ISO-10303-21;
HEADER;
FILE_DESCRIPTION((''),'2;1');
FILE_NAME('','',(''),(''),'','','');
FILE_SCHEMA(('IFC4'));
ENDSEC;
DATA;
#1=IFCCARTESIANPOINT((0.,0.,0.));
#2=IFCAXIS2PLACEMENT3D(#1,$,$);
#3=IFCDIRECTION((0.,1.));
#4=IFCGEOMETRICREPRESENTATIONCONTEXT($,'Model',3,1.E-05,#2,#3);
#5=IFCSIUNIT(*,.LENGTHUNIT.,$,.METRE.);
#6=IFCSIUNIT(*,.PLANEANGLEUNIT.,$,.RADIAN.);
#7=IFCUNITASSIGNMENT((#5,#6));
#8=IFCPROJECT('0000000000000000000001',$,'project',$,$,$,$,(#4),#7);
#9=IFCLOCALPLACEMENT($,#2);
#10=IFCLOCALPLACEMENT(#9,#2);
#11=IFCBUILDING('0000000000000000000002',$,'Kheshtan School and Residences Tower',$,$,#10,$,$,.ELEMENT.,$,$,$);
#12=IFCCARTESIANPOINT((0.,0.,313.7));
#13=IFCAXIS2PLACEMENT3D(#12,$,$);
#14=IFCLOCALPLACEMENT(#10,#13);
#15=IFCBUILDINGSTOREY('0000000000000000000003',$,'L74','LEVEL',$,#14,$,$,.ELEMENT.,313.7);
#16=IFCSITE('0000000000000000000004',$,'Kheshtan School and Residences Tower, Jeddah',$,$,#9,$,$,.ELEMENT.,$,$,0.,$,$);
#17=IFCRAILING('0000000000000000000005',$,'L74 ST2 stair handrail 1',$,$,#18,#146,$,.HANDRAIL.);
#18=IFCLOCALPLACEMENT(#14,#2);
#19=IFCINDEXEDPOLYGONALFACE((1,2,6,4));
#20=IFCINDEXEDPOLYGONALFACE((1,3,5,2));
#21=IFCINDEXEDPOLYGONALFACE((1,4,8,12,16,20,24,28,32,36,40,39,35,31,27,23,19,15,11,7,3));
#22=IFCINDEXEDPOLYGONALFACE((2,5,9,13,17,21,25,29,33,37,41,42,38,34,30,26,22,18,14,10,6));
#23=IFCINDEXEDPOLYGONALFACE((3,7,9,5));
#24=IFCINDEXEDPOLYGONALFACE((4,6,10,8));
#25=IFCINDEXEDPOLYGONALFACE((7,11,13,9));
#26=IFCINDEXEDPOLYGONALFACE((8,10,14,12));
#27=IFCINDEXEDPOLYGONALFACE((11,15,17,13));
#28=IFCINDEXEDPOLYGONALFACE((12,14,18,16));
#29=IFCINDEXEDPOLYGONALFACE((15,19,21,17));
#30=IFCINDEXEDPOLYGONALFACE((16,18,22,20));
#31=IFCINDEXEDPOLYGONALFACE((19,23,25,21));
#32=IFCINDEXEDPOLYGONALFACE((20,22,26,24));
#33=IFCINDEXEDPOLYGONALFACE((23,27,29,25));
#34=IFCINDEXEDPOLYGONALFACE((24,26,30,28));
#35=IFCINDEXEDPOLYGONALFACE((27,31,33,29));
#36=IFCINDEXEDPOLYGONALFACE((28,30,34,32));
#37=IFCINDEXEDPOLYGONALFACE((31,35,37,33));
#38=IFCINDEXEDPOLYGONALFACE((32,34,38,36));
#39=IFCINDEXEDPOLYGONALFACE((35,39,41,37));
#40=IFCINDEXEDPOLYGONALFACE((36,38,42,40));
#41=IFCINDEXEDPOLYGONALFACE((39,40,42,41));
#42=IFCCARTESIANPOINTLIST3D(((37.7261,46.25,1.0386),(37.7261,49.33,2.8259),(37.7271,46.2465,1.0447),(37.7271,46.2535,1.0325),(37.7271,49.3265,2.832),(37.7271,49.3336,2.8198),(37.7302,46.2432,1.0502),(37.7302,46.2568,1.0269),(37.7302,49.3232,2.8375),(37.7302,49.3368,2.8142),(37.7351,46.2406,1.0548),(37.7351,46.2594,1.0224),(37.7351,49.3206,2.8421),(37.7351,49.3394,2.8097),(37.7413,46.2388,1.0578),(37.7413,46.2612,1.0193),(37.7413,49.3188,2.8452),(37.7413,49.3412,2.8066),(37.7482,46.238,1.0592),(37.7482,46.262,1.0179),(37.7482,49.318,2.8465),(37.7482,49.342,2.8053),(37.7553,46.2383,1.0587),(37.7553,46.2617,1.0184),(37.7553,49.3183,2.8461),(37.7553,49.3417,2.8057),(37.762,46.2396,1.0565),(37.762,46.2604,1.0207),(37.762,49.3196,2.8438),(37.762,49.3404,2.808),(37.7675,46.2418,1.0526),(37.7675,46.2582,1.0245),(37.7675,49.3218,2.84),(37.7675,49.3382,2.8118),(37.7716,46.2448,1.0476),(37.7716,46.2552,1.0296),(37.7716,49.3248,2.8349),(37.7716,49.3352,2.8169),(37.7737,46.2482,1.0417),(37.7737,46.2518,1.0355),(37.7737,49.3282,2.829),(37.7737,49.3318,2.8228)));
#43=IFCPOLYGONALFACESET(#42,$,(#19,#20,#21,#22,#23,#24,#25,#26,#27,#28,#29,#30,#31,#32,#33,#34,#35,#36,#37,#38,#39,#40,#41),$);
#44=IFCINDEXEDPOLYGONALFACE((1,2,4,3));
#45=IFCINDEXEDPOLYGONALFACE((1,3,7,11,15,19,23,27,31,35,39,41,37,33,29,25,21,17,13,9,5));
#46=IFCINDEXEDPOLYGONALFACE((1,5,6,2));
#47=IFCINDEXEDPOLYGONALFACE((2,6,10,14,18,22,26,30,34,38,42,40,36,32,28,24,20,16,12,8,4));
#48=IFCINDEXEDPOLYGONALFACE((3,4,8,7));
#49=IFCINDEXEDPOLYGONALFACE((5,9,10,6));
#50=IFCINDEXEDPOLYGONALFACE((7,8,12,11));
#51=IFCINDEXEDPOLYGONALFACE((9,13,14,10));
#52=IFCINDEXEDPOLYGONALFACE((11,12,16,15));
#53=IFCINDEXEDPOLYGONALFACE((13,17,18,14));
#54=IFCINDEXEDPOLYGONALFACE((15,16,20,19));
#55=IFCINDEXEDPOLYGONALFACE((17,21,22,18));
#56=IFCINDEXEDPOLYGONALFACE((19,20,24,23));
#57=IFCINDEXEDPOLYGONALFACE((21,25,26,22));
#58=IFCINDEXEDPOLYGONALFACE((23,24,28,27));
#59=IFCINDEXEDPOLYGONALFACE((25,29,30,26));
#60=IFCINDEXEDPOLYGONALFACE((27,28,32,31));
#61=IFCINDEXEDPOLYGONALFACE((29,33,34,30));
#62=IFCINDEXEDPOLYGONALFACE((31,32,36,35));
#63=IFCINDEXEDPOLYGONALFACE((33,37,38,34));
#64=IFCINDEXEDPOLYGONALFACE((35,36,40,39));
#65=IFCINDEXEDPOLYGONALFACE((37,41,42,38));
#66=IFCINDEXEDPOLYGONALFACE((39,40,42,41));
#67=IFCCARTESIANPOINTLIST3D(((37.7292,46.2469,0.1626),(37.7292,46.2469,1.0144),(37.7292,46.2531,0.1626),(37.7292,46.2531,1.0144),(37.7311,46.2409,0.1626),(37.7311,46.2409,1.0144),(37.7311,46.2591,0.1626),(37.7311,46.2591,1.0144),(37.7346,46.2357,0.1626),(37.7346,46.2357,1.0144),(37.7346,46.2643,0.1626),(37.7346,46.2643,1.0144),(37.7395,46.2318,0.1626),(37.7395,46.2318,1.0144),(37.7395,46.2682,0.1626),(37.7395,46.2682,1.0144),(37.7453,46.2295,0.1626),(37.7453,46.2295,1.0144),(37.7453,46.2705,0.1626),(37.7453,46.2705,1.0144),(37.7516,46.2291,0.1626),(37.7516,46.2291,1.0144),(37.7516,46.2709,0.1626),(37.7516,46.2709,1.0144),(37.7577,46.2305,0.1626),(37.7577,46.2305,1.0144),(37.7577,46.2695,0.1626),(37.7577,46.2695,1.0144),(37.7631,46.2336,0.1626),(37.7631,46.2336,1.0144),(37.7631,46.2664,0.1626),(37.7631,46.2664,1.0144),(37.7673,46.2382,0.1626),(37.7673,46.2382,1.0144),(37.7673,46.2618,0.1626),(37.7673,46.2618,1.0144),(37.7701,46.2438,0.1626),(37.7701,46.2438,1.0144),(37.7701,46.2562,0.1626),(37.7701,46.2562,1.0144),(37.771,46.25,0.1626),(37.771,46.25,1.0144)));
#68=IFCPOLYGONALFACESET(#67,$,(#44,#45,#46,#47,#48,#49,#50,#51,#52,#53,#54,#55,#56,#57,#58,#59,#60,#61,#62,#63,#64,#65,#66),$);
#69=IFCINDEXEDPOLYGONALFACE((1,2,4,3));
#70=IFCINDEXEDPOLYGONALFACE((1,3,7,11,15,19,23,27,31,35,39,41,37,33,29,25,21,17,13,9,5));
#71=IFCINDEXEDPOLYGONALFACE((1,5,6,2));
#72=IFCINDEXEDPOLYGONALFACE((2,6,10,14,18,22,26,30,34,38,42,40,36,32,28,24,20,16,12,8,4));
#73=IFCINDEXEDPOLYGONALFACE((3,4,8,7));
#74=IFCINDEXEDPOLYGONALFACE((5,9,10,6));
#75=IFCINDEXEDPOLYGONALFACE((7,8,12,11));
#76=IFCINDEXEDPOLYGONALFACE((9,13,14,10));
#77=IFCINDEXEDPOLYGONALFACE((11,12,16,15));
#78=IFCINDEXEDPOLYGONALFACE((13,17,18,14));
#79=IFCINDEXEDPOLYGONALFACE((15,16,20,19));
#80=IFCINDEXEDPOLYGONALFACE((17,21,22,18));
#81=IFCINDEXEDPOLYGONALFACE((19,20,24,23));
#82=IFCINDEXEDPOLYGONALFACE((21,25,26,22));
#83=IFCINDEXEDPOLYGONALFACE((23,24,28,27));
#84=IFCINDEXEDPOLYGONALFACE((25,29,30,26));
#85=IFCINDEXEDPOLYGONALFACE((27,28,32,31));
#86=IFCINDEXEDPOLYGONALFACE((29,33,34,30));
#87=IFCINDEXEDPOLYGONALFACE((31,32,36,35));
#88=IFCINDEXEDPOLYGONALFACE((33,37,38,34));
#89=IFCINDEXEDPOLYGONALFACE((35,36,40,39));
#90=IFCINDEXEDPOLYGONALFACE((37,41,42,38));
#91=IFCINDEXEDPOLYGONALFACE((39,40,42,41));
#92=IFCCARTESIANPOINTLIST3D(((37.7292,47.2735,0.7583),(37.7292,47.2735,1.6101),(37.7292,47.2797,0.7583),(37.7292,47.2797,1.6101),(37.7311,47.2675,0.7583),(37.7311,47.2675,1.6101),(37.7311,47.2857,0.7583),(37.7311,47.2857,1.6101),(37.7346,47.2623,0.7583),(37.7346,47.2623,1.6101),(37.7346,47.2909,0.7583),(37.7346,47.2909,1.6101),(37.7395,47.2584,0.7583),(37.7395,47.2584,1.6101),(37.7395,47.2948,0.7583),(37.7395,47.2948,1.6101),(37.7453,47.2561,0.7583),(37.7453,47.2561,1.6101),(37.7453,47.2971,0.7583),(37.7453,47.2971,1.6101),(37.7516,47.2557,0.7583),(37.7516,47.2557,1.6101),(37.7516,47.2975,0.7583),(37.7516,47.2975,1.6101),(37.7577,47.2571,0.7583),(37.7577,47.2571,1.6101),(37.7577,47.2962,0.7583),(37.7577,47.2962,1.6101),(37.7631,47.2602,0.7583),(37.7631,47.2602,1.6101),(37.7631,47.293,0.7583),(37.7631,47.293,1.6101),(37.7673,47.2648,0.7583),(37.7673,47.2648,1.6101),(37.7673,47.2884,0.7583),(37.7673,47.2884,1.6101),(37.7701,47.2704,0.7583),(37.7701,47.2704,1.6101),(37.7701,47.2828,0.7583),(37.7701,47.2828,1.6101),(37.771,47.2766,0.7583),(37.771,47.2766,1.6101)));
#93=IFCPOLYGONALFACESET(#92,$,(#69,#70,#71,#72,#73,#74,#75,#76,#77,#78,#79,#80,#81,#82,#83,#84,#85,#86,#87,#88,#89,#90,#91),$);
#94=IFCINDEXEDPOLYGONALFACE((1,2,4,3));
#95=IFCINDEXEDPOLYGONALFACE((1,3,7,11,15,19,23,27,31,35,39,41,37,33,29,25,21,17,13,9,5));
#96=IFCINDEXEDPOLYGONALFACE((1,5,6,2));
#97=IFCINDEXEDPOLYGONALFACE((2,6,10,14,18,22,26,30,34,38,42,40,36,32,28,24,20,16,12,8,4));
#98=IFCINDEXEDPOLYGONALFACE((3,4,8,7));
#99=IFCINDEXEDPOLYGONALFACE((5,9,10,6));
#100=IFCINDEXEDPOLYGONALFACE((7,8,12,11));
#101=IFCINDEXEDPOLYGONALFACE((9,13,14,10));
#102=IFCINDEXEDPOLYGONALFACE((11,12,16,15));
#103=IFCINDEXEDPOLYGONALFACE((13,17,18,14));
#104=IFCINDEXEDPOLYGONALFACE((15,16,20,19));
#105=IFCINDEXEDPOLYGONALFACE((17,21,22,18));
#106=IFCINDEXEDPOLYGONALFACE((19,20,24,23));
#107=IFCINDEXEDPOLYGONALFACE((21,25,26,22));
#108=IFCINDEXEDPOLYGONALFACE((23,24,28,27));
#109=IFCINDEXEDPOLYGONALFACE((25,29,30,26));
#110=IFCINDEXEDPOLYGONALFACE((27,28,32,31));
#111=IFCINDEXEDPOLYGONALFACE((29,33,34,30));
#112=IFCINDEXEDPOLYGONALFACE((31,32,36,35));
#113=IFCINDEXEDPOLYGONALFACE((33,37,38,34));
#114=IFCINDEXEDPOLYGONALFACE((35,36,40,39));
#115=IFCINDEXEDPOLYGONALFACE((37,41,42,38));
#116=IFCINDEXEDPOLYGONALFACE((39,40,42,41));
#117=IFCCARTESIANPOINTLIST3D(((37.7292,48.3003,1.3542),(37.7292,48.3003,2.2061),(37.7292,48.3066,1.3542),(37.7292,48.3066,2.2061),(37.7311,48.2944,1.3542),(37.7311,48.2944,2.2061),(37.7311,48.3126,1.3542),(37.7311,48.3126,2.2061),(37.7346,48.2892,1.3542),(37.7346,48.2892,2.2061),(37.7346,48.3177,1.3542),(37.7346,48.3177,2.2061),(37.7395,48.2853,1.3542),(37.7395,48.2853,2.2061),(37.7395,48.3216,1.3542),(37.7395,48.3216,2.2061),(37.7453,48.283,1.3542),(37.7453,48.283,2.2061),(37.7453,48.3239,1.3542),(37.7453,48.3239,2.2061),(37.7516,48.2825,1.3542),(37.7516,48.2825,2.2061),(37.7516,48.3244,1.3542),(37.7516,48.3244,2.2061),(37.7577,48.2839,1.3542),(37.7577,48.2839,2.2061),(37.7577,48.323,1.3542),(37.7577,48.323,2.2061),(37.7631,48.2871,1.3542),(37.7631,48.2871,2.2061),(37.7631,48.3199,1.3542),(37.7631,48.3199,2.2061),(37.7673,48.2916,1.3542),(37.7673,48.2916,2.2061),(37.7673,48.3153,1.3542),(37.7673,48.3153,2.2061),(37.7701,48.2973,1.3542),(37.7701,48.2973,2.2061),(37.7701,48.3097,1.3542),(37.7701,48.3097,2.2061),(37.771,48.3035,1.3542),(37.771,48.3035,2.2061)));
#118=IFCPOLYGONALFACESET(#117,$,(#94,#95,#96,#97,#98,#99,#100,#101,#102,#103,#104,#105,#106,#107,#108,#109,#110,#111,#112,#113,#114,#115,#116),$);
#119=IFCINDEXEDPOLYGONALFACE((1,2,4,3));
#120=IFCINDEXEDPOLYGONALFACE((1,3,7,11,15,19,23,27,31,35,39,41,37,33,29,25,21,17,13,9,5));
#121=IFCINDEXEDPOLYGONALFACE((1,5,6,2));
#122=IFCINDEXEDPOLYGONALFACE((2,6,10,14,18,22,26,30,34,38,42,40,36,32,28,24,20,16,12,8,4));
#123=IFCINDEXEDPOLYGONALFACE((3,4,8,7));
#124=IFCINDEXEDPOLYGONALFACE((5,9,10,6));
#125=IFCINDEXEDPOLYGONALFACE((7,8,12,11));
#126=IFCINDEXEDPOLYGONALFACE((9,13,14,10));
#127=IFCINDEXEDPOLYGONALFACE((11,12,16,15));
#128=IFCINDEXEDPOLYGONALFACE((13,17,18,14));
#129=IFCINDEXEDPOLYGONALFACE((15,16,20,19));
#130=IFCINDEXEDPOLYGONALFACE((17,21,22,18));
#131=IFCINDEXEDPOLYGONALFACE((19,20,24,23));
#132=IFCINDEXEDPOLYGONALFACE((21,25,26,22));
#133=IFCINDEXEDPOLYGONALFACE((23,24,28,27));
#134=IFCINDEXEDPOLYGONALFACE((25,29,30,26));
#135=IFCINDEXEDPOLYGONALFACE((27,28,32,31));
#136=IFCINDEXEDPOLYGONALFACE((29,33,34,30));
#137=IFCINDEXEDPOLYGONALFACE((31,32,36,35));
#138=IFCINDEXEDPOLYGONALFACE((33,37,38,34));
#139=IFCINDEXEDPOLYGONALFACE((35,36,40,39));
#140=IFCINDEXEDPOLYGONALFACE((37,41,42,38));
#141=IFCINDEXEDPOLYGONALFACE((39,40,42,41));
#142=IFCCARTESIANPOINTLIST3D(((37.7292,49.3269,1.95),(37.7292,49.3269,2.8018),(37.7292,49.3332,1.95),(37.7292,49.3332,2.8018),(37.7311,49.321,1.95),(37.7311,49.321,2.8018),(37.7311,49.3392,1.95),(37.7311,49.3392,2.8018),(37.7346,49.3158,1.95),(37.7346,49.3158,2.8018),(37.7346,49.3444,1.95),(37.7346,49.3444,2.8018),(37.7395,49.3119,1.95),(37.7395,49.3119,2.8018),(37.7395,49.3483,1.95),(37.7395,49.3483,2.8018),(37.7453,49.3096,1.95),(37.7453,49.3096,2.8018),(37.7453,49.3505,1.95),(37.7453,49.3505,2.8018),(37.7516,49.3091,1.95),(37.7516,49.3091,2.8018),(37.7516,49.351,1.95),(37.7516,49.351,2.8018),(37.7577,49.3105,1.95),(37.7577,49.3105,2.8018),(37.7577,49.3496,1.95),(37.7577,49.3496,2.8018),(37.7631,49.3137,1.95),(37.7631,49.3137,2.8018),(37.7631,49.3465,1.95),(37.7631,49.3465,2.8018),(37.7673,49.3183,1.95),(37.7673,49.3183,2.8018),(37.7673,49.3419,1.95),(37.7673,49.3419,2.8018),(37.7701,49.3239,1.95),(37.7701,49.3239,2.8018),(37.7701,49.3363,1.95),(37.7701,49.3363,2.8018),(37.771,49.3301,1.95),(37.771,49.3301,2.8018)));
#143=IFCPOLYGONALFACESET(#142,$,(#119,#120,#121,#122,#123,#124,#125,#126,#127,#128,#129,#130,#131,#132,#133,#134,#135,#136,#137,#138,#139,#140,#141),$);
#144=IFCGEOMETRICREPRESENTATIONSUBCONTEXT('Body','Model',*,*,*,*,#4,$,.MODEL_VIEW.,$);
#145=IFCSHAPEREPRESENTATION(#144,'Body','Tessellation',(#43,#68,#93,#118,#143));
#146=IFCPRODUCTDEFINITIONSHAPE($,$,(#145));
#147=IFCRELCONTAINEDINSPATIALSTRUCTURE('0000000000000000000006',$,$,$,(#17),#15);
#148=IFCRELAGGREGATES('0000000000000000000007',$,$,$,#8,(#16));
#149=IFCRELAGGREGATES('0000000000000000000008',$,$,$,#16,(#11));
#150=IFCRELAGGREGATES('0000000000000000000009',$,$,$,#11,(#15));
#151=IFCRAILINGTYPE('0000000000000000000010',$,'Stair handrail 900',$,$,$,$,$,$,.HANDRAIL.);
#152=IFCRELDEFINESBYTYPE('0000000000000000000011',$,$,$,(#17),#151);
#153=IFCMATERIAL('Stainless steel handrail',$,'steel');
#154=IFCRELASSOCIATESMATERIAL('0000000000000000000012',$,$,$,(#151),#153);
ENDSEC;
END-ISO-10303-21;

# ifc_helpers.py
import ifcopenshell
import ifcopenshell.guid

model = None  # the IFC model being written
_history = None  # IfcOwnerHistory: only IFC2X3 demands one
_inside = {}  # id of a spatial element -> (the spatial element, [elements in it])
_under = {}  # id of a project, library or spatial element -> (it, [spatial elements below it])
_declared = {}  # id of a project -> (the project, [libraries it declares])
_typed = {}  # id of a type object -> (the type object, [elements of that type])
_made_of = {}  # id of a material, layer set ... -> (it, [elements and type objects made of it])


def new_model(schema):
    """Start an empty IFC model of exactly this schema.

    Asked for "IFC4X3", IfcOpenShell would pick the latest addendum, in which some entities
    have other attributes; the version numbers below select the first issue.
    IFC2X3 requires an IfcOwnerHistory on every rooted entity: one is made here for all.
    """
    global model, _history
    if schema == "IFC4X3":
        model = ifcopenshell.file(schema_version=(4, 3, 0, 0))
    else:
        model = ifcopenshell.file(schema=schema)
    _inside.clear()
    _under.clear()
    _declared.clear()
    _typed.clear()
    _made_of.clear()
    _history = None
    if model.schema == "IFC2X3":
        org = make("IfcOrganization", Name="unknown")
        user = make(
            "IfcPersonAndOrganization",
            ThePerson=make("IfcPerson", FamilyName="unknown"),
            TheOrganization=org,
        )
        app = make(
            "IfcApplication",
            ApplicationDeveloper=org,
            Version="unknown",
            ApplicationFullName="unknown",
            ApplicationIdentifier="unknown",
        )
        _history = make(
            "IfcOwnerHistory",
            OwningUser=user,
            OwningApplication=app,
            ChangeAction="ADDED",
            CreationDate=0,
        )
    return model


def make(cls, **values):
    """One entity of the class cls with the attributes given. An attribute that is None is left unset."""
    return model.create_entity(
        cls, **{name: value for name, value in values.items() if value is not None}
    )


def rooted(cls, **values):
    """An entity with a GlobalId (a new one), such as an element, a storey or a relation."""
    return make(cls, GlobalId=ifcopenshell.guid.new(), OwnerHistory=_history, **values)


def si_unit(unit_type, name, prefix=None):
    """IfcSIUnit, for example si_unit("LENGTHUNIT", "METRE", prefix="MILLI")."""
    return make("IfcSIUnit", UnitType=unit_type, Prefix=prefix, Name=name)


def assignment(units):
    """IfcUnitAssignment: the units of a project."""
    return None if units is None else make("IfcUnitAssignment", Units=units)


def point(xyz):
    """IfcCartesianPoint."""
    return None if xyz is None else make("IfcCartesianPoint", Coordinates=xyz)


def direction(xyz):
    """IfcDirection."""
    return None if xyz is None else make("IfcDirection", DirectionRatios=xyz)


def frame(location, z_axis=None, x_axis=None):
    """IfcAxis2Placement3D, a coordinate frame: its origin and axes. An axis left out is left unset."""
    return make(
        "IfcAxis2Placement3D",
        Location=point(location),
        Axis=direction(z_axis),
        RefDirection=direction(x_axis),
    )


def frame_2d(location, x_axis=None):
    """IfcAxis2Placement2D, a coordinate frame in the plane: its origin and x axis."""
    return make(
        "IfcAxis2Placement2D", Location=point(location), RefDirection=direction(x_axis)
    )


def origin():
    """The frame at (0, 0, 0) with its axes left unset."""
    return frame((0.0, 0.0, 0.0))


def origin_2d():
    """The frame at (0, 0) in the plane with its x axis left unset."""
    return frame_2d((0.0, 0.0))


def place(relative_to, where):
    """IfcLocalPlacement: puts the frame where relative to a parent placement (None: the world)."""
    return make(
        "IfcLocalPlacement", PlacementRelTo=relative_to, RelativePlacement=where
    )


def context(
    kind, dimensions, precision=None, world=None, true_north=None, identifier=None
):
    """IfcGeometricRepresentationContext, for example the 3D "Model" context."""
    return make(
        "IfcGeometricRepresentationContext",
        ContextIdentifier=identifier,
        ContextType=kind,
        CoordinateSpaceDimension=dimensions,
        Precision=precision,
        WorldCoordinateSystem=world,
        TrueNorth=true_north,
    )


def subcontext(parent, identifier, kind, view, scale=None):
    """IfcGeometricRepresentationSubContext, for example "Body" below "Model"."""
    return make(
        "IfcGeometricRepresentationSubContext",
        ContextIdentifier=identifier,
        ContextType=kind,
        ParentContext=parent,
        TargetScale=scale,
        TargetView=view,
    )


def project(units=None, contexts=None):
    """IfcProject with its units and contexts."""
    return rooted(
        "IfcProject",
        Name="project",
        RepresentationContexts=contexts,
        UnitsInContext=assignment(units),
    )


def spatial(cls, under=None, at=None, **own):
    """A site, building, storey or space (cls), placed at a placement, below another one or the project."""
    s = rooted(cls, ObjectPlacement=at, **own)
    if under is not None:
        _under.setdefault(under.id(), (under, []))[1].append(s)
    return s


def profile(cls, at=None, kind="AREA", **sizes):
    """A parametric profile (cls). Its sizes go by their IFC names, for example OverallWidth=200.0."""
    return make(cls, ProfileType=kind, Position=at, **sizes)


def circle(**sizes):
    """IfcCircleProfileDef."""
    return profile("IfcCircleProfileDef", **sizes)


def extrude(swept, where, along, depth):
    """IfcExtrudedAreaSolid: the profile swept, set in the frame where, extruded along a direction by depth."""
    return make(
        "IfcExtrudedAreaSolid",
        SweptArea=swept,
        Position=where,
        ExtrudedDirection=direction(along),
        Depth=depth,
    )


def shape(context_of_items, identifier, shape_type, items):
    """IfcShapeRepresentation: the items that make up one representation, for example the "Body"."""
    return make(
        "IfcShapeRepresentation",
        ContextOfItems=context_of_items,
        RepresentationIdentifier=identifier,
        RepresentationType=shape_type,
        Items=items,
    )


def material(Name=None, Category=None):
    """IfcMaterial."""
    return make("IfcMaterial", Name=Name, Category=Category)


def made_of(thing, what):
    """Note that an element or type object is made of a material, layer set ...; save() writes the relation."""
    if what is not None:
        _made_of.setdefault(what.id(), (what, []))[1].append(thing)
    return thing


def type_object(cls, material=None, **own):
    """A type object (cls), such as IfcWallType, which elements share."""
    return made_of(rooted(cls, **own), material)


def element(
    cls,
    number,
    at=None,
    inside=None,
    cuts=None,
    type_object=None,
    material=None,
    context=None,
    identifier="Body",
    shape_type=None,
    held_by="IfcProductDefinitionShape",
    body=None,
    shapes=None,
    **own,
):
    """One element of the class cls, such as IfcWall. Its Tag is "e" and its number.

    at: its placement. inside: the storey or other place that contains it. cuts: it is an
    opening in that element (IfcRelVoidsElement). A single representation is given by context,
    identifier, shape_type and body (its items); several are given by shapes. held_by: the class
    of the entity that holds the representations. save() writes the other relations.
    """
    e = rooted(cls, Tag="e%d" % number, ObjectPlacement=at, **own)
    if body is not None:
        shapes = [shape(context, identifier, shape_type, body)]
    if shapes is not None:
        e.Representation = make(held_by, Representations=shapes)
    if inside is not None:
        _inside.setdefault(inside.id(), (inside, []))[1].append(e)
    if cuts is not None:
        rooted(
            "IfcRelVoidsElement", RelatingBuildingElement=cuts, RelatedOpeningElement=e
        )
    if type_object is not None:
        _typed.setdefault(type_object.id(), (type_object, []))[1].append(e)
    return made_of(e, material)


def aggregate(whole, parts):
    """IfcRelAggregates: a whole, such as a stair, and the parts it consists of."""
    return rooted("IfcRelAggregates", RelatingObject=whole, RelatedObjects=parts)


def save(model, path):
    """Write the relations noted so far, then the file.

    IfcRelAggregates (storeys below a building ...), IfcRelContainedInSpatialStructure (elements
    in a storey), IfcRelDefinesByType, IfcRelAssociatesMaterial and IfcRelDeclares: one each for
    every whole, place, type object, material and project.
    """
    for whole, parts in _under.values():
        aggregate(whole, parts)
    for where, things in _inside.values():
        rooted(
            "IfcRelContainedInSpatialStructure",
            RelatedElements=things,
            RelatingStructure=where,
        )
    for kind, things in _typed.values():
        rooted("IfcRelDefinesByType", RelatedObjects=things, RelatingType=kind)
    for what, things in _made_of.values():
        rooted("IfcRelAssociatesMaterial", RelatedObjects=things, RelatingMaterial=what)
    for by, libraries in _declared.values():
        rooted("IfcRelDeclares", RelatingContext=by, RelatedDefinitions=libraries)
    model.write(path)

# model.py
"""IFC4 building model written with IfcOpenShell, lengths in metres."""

from ifc_helpers import new_model, si_unit, direction, frame, origin, origin_2d, place, context, subcontext, project, spatial, circle, extrude, material, type_object, element, save


model = new_model("IFC4")

# Units and contexts
model_context = context("Model", 3, precision=1e-05, world=origin(), true_north=direction((0.0, 1.0)))
body_context = subcontext(model_context, "Body", "Model", "MODEL_VIEW")
ifc_project = project(units=[si_unit("LENGTHUNIT", "METRE"), si_unit("PLANEANGLEUNIT", "RADIAN")], contexts=[model_context])

# Site, building, storey
site_placement = place(None, origin())
site = spatial("IfcSite", under=ifc_project, at=site_placement, Name="Kheshtan School and Residences Tower, Jeddah", CompositionType="ELEMENT", RefElevation=0.0)
building_placement = place(site_placement, origin())
building = spatial("IfcBuilding", under=site, at=building_placement, Name="Kheshtan School and Residences Tower", CompositionType="ELEMENT")
storey_placement = place(building_placement, frame((0.0, 0.0, 313.7)))
storey = spatial("IfcBuildingStorey", under=building, at=storey_placement, Name="L74", Description="LEVEL", CompositionType="ELEMENT", Elevation=313.7)

# Railing
ifc_material_1 = material(Name="Stainless steel handrail", Category="steel")
railing_type_1 = type_object("IfcRailingType", Name="Stair handrail 900", PredefinedType="HANDRAIL", material=ifc_material_1)
railing_1_placement = place(storey_placement, frame((37.75, 46.25, 0.1626)))
element("IfcRailing", 1, at=railing_1_placement, inside=storey, type_object=railing_type_1, Name="L74 ST2 stair handrail 1", PredefinedType="HANDRAIL", context=body_context, shape_type="SweptSolid", body=[
    extrude(circle(Radius=0.0239, at=origin_2d()), frame((0.0, 0.0, 0.876), z_axis=(0.0, 0.86492, 0.501909), x_axis=(-1.0, 0.0, 0.0)), (0.0, 0.0, 1.0), 3.561),
    extrude(circle(Radius=0.021, at=origin_2d()), origin(), (0.0, 0.0, 1.0), 0.8518),
    extrude(circle(Radius=0.021, at=origin_2d()), frame((0.0, 1.0266, 0.5957)), (0.0, 0.0, 1.0), 0.8518),
    extrude(circle(Radius=0.021, at=origin_2d()), frame((0.0, 2.0535, 1.1917)), (0.0, 0.0, 1.0), 0.8518),
    extrude(circle(Radius=0.021, at=origin_2d()), frame((0.0, 3.0801, 1.7874)), (0.0, 0.0, 1.0), 0.8518),
])

save(model, "model.ifc")
